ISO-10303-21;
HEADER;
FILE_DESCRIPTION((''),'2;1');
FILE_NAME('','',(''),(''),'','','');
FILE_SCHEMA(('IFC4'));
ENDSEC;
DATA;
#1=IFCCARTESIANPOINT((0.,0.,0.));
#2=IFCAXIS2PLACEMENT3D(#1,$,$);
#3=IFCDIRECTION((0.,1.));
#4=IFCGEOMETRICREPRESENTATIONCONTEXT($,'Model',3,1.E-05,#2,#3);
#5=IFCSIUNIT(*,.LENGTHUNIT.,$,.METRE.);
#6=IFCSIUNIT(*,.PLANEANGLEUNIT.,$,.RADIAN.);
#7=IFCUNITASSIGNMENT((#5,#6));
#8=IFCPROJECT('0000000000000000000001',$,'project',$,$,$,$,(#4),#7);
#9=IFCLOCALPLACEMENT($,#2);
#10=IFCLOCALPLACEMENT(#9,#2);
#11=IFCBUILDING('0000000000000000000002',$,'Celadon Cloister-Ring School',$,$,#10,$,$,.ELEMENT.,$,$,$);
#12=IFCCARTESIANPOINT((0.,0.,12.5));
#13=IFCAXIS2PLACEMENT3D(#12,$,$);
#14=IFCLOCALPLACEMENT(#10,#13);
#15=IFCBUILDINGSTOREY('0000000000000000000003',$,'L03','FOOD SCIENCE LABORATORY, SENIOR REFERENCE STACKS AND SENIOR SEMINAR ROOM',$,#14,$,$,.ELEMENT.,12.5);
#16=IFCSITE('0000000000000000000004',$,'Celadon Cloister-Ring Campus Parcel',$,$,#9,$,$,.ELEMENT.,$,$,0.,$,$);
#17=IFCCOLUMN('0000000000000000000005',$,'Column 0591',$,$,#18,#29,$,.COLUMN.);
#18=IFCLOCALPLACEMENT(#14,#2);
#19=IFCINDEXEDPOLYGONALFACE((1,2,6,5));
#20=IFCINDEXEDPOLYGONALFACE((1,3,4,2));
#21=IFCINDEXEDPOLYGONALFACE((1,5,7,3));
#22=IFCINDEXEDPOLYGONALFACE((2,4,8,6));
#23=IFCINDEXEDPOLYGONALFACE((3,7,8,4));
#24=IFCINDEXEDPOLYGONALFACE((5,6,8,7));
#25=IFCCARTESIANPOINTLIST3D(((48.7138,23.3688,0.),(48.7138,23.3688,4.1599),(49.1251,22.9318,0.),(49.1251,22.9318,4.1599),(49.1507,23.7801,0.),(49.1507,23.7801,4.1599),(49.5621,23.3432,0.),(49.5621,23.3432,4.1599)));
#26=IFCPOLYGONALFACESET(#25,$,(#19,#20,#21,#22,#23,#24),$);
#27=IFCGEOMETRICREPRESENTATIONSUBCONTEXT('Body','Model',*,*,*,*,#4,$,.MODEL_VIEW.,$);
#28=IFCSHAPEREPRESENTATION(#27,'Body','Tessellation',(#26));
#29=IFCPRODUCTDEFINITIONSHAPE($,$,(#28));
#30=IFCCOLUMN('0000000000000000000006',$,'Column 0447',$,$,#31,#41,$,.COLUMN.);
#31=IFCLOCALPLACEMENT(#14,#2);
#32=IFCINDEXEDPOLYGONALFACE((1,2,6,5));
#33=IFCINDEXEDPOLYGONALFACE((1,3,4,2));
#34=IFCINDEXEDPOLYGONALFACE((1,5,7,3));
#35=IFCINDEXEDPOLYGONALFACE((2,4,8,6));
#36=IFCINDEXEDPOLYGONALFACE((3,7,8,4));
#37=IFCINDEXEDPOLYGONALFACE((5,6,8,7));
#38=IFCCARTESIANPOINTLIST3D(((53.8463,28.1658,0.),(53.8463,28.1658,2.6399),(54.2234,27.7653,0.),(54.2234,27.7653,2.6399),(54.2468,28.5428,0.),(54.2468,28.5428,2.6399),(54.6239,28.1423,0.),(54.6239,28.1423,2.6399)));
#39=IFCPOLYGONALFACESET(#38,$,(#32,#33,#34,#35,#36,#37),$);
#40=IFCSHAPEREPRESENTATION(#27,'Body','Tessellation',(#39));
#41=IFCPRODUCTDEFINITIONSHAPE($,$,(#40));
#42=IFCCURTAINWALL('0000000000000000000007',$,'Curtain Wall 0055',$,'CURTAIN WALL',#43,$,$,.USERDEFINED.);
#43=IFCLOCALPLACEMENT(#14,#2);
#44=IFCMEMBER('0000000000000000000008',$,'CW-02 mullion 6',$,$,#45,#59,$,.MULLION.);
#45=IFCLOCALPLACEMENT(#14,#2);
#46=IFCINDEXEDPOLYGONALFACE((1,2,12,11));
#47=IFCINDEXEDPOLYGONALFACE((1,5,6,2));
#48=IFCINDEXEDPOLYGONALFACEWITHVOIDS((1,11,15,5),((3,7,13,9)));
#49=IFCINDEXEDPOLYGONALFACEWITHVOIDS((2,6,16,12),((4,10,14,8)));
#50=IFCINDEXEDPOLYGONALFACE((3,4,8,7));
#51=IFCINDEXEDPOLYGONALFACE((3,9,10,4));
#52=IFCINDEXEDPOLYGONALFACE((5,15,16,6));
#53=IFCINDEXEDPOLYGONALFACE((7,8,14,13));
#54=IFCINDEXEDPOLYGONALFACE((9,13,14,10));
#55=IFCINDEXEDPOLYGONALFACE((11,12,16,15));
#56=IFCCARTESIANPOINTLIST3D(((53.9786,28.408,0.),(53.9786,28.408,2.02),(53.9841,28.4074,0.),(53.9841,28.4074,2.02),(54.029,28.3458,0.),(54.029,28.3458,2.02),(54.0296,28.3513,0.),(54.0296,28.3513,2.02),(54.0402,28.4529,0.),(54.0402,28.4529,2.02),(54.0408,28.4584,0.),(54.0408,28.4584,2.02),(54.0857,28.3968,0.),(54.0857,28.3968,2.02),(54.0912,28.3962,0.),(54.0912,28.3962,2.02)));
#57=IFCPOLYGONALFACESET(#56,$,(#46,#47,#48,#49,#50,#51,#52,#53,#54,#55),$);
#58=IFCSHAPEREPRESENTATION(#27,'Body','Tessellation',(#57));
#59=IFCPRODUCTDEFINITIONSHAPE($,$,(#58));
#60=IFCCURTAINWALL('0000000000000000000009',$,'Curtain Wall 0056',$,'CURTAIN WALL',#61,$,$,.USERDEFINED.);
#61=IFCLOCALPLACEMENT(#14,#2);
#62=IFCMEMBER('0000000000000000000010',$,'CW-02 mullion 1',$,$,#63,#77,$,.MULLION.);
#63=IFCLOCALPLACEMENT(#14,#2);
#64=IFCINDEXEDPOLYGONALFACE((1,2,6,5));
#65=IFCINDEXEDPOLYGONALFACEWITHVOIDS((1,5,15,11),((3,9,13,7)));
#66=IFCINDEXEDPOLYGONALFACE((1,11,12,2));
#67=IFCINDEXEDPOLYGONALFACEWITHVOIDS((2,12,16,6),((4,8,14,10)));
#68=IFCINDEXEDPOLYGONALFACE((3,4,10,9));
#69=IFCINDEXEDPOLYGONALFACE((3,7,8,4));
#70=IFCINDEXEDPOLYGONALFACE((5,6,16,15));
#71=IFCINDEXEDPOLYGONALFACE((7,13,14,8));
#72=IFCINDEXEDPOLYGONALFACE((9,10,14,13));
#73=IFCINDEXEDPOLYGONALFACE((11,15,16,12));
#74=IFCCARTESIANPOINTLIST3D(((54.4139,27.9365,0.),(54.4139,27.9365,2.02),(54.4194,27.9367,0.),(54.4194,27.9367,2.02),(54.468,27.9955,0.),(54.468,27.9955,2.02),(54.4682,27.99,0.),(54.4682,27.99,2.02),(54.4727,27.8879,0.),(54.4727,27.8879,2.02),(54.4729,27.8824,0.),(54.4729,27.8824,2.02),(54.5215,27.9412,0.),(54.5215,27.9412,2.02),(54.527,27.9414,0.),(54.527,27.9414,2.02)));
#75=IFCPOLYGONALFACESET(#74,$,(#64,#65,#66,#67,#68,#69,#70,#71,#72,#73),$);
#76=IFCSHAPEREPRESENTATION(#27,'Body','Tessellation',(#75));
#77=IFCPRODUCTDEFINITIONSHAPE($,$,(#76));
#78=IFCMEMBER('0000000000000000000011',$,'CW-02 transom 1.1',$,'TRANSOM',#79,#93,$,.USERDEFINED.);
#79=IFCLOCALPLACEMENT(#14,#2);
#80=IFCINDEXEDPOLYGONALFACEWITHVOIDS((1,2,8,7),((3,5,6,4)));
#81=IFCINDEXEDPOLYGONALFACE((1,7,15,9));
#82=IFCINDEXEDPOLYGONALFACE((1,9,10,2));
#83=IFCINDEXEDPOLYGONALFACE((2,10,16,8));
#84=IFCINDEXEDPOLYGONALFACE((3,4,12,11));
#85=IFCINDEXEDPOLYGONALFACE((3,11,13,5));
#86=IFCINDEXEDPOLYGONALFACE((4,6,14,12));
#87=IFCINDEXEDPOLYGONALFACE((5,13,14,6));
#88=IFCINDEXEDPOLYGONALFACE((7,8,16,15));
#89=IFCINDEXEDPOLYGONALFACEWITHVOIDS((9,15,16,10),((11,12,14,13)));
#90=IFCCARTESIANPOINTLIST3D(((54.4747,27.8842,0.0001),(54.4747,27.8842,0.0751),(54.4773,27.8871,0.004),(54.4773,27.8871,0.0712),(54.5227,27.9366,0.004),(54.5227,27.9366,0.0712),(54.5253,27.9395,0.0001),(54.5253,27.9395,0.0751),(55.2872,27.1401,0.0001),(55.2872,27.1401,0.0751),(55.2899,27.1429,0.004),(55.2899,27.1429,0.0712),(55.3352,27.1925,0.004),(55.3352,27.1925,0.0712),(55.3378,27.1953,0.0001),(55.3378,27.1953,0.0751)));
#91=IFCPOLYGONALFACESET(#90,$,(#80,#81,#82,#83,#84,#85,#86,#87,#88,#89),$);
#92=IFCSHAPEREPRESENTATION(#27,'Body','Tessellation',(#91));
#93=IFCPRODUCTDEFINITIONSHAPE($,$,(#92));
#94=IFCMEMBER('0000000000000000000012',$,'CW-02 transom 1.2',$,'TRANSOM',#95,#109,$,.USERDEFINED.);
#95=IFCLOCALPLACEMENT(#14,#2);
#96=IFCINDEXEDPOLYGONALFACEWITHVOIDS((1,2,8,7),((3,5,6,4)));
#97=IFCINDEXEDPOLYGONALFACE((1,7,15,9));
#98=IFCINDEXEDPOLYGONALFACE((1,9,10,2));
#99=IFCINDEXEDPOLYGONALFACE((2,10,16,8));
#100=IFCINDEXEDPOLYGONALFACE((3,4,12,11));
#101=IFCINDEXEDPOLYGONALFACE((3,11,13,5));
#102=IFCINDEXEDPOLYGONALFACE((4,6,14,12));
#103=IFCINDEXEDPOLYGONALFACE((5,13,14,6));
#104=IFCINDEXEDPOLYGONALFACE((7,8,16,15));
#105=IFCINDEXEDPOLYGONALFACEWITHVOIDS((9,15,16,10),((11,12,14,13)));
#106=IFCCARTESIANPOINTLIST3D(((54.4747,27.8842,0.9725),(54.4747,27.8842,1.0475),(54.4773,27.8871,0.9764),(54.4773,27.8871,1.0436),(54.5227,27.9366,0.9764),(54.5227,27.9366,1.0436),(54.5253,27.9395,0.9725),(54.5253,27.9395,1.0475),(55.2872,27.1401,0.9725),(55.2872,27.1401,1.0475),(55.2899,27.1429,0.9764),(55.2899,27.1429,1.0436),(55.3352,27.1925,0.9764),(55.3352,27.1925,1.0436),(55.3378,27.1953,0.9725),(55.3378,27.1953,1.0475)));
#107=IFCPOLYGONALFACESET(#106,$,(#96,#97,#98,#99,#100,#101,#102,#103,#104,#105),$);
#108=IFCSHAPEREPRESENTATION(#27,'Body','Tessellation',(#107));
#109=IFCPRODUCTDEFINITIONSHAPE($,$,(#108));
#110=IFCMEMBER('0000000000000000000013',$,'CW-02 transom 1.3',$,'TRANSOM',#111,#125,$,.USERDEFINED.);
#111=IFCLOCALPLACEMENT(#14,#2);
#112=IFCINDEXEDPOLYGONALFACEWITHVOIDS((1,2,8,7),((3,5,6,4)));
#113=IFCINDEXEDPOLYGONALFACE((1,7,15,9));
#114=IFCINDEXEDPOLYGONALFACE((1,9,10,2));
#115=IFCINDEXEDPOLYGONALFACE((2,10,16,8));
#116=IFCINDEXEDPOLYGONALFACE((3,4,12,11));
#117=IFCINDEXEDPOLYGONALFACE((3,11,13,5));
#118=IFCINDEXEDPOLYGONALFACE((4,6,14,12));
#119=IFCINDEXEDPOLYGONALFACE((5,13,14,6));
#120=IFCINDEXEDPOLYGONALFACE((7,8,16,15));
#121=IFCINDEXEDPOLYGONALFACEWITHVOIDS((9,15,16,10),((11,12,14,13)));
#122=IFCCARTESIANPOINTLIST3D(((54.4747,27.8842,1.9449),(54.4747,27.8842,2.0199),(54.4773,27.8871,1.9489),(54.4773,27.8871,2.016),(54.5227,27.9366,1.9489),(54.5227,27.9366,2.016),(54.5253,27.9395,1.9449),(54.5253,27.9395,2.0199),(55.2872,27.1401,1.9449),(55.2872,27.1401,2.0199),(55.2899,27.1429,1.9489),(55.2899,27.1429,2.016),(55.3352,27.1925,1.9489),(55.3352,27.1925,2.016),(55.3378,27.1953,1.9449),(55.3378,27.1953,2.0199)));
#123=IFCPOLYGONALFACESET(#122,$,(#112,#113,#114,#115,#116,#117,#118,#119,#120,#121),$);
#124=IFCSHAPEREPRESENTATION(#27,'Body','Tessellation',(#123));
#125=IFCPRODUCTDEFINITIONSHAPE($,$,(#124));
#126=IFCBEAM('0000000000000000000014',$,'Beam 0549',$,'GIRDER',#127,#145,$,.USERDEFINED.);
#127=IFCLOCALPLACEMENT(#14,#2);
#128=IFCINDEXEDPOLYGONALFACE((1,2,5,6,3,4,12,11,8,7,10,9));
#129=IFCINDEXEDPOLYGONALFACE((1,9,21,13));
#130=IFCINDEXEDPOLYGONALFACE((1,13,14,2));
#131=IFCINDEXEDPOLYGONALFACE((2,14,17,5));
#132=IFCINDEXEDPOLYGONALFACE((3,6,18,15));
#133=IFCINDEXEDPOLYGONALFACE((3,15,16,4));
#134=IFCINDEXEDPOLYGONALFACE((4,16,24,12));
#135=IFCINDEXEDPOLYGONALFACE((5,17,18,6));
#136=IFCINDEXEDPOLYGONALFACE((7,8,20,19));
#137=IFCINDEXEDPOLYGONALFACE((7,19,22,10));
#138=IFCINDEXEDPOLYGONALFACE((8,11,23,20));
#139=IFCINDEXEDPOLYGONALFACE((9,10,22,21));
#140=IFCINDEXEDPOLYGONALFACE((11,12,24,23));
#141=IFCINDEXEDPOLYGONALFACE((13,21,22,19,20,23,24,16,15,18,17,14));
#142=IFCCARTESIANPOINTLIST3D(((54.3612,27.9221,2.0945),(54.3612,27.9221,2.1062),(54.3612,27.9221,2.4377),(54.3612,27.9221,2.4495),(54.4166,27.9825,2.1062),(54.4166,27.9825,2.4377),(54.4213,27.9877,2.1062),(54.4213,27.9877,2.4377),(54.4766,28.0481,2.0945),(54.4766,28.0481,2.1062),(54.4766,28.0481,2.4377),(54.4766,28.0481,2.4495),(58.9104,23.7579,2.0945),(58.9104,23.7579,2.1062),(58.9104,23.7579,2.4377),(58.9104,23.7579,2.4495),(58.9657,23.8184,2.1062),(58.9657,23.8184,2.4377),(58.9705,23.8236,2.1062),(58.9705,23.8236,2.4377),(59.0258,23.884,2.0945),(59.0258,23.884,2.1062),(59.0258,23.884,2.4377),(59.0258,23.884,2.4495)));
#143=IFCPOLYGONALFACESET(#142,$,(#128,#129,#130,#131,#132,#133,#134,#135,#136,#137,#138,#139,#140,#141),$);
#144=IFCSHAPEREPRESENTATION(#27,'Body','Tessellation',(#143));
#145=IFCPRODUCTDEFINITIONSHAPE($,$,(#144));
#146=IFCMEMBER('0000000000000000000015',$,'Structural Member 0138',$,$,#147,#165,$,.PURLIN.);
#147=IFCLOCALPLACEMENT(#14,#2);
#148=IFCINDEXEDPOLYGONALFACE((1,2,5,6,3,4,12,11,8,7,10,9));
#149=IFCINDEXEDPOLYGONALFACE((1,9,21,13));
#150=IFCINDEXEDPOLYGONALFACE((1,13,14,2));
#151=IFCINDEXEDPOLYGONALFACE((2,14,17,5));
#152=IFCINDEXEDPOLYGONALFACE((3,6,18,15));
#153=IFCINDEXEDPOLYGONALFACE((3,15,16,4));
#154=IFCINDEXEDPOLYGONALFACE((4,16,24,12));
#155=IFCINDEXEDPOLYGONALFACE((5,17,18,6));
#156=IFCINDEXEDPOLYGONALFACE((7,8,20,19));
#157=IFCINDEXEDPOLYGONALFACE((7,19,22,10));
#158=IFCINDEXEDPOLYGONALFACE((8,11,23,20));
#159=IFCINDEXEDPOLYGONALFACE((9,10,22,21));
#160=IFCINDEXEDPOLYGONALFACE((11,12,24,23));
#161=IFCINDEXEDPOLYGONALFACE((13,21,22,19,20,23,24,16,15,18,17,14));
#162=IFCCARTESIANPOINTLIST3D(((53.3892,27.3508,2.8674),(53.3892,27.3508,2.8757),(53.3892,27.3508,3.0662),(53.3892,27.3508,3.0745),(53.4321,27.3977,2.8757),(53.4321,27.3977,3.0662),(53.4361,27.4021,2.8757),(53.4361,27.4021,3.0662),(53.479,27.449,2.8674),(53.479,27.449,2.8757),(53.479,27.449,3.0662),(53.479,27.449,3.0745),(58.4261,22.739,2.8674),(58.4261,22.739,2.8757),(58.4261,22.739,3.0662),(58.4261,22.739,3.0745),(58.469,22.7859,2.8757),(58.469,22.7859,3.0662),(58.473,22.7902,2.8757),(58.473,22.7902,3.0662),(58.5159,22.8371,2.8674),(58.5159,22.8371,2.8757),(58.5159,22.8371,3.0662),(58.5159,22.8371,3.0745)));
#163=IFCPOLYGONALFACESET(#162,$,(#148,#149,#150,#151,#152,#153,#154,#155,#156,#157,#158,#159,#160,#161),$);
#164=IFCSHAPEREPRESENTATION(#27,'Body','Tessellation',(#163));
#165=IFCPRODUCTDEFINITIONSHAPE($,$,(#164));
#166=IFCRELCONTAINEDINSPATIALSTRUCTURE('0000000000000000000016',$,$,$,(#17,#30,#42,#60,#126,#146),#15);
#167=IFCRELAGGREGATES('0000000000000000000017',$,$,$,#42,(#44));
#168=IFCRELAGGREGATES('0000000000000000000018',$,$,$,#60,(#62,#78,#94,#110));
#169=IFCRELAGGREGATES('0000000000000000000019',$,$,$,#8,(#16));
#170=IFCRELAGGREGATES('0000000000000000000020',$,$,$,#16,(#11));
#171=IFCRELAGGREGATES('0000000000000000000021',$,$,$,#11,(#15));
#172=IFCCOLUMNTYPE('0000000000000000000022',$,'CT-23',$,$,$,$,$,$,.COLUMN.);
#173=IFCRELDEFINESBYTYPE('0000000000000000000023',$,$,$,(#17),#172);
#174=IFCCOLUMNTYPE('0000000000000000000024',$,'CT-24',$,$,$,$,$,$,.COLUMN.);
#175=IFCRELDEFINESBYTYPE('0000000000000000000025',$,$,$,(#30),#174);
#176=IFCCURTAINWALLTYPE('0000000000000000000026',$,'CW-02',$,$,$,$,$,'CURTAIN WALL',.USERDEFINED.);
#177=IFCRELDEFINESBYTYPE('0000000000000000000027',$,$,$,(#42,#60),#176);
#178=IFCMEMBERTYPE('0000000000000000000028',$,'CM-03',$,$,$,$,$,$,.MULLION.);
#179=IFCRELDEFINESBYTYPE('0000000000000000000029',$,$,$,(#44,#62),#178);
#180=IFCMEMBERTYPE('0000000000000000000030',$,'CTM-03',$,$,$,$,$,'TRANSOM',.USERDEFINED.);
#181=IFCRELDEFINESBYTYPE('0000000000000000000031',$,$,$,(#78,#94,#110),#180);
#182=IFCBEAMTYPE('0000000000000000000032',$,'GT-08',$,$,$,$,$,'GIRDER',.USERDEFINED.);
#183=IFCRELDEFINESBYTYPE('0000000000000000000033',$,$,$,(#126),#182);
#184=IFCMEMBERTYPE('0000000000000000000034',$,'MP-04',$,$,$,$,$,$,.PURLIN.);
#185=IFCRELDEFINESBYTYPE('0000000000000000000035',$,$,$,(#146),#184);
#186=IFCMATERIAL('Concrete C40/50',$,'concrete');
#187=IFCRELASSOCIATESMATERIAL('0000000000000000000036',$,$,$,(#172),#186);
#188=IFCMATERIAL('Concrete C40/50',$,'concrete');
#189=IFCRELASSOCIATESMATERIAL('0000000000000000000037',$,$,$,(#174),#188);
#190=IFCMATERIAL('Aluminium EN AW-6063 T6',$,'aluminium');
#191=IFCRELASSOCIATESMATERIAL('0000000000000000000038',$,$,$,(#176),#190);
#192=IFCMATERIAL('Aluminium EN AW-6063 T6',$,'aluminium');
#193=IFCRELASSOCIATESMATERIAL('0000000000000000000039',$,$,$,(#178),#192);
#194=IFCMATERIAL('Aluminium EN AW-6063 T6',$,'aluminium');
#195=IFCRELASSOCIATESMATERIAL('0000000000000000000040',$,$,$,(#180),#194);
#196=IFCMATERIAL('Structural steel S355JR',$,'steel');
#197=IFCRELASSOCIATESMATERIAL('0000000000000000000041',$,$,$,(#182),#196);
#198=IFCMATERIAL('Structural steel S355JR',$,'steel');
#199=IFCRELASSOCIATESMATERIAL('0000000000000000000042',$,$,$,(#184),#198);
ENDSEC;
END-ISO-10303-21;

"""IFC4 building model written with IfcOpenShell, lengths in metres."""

from ifc_helpers import new_model, si_unit, direction, frame, origin, origin_2d, place, context, subcontext, project, spatial, rectangle, hollow_rectangle, i_section, extrude, material, material_profile, profile_set, type_object, element, aggregate, save


model = new_model("IFC4")

# Units and contexts
model_context = context("Model", 3, precision=1e-05, world=origin(), true_north=direction((0.0, 1.0)))
body_context = subcontext(model_context, "Body", "Model", "MODEL_VIEW")
ifc_project = project(units=[si_unit("LENGTHUNIT", "METRE"), si_unit("PLANEANGLEUNIT", "RADIAN")], contexts=[model_context])

# Site, building, storey
site_placement = place(None, origin())
site = spatial("IfcSite", under=ifc_project, at=site_placement, Name="Celadon Cloister-Ring Campus Parcel", CompositionType="ELEMENT", RefElevation=0.0)
building_placement = place(site_placement, origin())
building = spatial("IfcBuilding", under=site, at=building_placement, Name="Celadon Cloister-Ring School", CompositionType="ELEMENT")
storey_placement = place(building_placement, frame((0.0, 0.0, 12.5)))
storey = spatial("IfcBuildingStorey", under=building, at=storey_placement, Name="L03", Description="FOOD SCIENCE LABORATORY, SENIOR REFERENCE STACKS AND SENIOR SEMINAR ROOM", CompositionType="ELEMENT", Elevation=12.5)

# Columns
ifc_material_1 = material(Name="Concrete C40/50", Category="concrete")
ifc_material_profile_1 = material_profile(ifc_material_1, rectangle(XDim=0.6001, YDim=0.6001, at=origin_2d()), Name="RC600X600")
ifc_profile_set_1 = profile_set([ifc_material_profile_1], Name="Concrete C40/50")
column_type_1 = type_object("IfcColumnType", Name="CT-23", PredefinedType="COLUMN", material=ifc_profile_set_1)
column_1_placement = place(storey_placement, frame((49.1379, 23.356, 0.0), z_axis=(0.0, 0.0, 1.0), x_axis=(-0.728108, -0.685463, 0.0)))
element("IfcColumn", 1, at=column_1_placement, inside=storey, type_object=column_type_1, Name="Column 0591", PredefinedType="COLUMN", context=body_context, shape_type="SweptSolid", body=[
    extrude(rectangle(XDim=0.6001, YDim=0.6001, at=origin_2d()), origin(), (0.0, 0.0, 1.0), 4.1599),
])
ifc_material_2 = material(Name="Concrete C40/50", Category="concrete")
ifc_material_profile_2 = material_profile(ifc_material_2, rectangle(XDim=0.55, YDim=0.55, at=origin_2d()), Name="RC550X550")
ifc_profile_set_2 = profile_set([ifc_material_profile_2], Name="Concrete C40/50")
column_type_2 = type_object("IfcColumnType", Name="CT-24", PredefinedType="COLUMN", material=ifc_profile_set_2)
column_2_placement = place(storey_placement, frame((54.2351, 28.1541, 0.0), z_axis=(0.0, 0.0, 1.0), x_axis=(-0.728108, -0.685463, 0.0)))
element("IfcColumn", 2, at=column_2_placement, inside=storey, type_object=column_type_2, Name="Column 0447", PredefinedType="COLUMN", context=body_context, shape_type="SweptSolid", body=[
    extrude(rectangle(XDim=0.55, YDim=0.55, at=origin_2d()), origin(), (0.0, 0.0, 1.0), 2.6399),
])

# Curtain wall, member
ifc_material_3 = material(Name="Aluminium EN AW-6063 T6", Category="aluminium")
curtain_wall_type = type_object("IfcCurtainWallType", Name="CW-02", ElementType="CURTAIN WALL", PredefinedType="USERDEFINED", material=ifc_material_3)
curtain_wall_1_placement = place(storey_placement, origin())
curtain_wall_1 = element("IfcCurtainWall", 3, at=curtain_wall_1_placement, inside=storey, type_object=curtain_wall_type, Name="Curtain Wall 0055", ObjectType="CURTAIN WALL", PredefinedType="USERDEFINED")
ifc_material_4 = material(Name="Aluminium EN AW-6063 T6", Category="aluminium")
ifc_material_profile_3 = material_profile(ifc_material_4, hollow_rectangle(XDim=0.0801, YDim=0.0801, WallThickness=0.0039, at=origin_2d()), Name="RHS80X80X4")
ifc_profile_set_3 = profile_set([ifc_material_profile_3], Name="Aluminium EN AW-6063 T6")
member_type_1 = type_object("IfcMemberType", Name="CM-03", PredefinedType="MULLION", material=ifc_profile_set_3)
member_1_placement = place(storey_placement, frame((54.0349, 28.4021, 0.0), z_axis=(0.0, 0.0, 1.0), x_axis=(0.77678, 0.629773, 0.0)))
member_1 = element("IfcMember", 4, at=member_1_placement, type_object=member_type_1, Name="CW-02 mullion 6", PredefinedType="MULLION", context=body_context, shape_type="SweptSolid", body=[
    extrude(hollow_rectangle(XDim=0.0801, YDim=0.0801, WallThickness=0.0039, at=origin_2d()), origin(), (0.0, 0.0, 1.0), 2.02),
])
aggregate(curtain_wall_1, [member_1])

# Curtain wall, members
curtain_wall_2_placement = place(storey_placement, origin())
curtain_wall_2 = element("IfcCurtainWall", 5, at=curtain_wall_2_placement, inside=storey, type_object=curtain_wall_type, Name="Curtain Wall 0056", ObjectType="CURTAIN WALL", PredefinedType="USERDEFINED")
member_2_placement = place(storey_placement, frame((54.4705, 27.939, 0.0), z_axis=(0.0, 0.0, 1.0), x_axis=(0.675406, 0.737446, 0.0)))
member_2 = element("IfcMember", 6, at=member_2_placement, type_object=member_type_1, Name="CW-02 mullion 1", PredefinedType="MULLION", context=body_context, shape_type="SweptSolid", body=[
    extrude(hollow_rectangle(XDim=0.0801, YDim=0.0801, WallThickness=0.0039, at=origin_2d()), origin(), (0.0, 0.0, 1.0), 2.02),
])
ifc_material_5 = material(Name="Aluminium EN AW-6063 T6", Category="aluminium")
ifc_material_profile_4 = material_profile(ifc_material_5, hollow_rectangle(XDim=0.075, YDim=0.075, WallThickness=0.0039, at=origin_2d()), Name="RHS75X75X4")
ifc_profile_set_4 = profile_set([ifc_material_profile_4], Name="Aluminium EN AW-6063 T6")
member_type_2 = type_object("IfcMemberType", Name="CTM-03", ElementType="TRANSOM", PredefinedType="USERDEFINED", material=ifc_profile_set_4)
member_3_placement = place(storey_placement, frame((54.5, 27.9119, 0.0376), z_axis=(0.737448, -0.675403, 0.0), x_axis=(0.675403, 0.737448, 0.0)))
member_3 = element("IfcMember", 7, at=member_3_placement, type_object=member_type_2, Name="CW-02 transom 1.1", ObjectType="TRANSOM", PredefinedType="USERDEFINED", context=body_context, shape_type="SweptSolid", body=[
    extrude(hollow_rectangle(XDim=0.075, YDim=0.075, WallThickness=0.0039, at=origin_2d()), origin(), (0.0, 0.0, 1.0), 1.1018),
])
member_4_placement = place(storey_placement, frame((54.5, 27.9119, 1.01), z_axis=(0.737448, -0.675403, 0.0), x_axis=(0.675403, 0.737448, 0.0)))
member_4 = element("IfcMember", 8, at=member_4_placement, type_object=member_type_2, Name="CW-02 transom 1.2", ObjectType="TRANSOM", PredefinedType="USERDEFINED", context=body_context, shape_type="SweptSolid", body=[
    extrude(hollow_rectangle(XDim=0.075, YDim=0.075, WallThickness=0.0039, at=origin_2d()), origin(), (0.0, 0.0, 1.0), 1.1018),
])
member_5_placement = place(storey_placement, frame((54.5, 27.9119, 1.9824), z_axis=(0.737448, -0.675403, 0.0), x_axis=(0.675403, 0.737448, 0.0)))
member_5 = element("IfcMember", 9, at=member_5_placement, type_object=member_type_2, Name="CW-02 transom 1.3", ObjectType="TRANSOM", PredefinedType="USERDEFINED", context=body_context, shape_type="SweptSolid", body=[
    extrude(hollow_rectangle(XDim=0.075, YDim=0.075, WallThickness=0.0039, at=origin_2d()), origin(), (0.0, 0.0, 1.0), 1.1018),
])
aggregate(curtain_wall_2, [member_2, member_3, member_4, member_5])

# Beam
ifc_material_6 = material(Name="Structural steel S355JR", Category="steel")
ifc_material_profile_5 = material_profile(ifc_material_6, i_section(OverallWidth=0.1709, OverallDepth=0.355, WebThickness=0.0071, FlangeThickness=0.0117, at=origin_2d()), Name="W360X51")
ifc_profile_set_5 = profile_set([ifc_material_profile_5], Name="Structural steel S355JR")
beam_type_1 = type_object("IfcBeamType", Name="GT-08", ElementType="GIRDER", PredefinedType="USERDEFINED", material=ifc_profile_set_5)
beam_1_placement = place(storey_placement, frame((54.4189, 27.9851, 2.272), z_axis=(0.737632, -0.675203, 0.0), x_axis=(0.675203, 0.737632, 0.0)))
element("IfcBeam", 10, at=beam_1_placement, inside=storey, type_object=beam_type_1, Name="Beam 0549", ObjectType="GIRDER", PredefinedType="USERDEFINED", context=body_context, shape_type="SweptSolid", body=[
    extrude(i_section(OverallWidth=0.1709, OverallDepth=0.355, WebThickness=0.0071, FlangeThickness=0.0117, at=origin_2d()), origin(), (0.0, 0.0, 1.0), 6.1672),
])

# Member
ifc_material_7 = material(Name="Structural steel S355JR", Category="steel")
ifc_material_profile_6 = material_profile(ifc_material_7, i_section(OverallWidth=0.1331, OverallDepth=0.207, WebThickness=0.0059, FlangeThickness=0.0083, at=origin_2d()), Name="W200X27")
ifc_profile_set_6 = profile_set([ifc_material_profile_6], Name="Structural steel S355JR")
member_type_3 = type_object("IfcMemberType", Name="MP-04", PredefinedType="PURLIN", material=ifc_profile_set_6)
member_6_placement = place(storey_placement, frame((53.4341, 27.3999, 2.9709), z_axis=(0.737541, -0.675302, 0.0), x_axis=(0.675302, 0.737541, 0.0)))
element("IfcMember", 11, at=member_6_placement, inside=storey, type_object=member_type_3, Name="Structural Member 0138", PredefinedType="PURLIN", context=body_context, shape_type="SweptSolid", body=[
    extrude(i_section(OverallWidth=0.1331, OverallDepth=0.207, WebThickness=0.0059, FlangeThickness=0.0083, at=origin_2d()), origin(), (0.0, 0.0, 1.0), 6.8293),
])

save(model, "model.ifc")
